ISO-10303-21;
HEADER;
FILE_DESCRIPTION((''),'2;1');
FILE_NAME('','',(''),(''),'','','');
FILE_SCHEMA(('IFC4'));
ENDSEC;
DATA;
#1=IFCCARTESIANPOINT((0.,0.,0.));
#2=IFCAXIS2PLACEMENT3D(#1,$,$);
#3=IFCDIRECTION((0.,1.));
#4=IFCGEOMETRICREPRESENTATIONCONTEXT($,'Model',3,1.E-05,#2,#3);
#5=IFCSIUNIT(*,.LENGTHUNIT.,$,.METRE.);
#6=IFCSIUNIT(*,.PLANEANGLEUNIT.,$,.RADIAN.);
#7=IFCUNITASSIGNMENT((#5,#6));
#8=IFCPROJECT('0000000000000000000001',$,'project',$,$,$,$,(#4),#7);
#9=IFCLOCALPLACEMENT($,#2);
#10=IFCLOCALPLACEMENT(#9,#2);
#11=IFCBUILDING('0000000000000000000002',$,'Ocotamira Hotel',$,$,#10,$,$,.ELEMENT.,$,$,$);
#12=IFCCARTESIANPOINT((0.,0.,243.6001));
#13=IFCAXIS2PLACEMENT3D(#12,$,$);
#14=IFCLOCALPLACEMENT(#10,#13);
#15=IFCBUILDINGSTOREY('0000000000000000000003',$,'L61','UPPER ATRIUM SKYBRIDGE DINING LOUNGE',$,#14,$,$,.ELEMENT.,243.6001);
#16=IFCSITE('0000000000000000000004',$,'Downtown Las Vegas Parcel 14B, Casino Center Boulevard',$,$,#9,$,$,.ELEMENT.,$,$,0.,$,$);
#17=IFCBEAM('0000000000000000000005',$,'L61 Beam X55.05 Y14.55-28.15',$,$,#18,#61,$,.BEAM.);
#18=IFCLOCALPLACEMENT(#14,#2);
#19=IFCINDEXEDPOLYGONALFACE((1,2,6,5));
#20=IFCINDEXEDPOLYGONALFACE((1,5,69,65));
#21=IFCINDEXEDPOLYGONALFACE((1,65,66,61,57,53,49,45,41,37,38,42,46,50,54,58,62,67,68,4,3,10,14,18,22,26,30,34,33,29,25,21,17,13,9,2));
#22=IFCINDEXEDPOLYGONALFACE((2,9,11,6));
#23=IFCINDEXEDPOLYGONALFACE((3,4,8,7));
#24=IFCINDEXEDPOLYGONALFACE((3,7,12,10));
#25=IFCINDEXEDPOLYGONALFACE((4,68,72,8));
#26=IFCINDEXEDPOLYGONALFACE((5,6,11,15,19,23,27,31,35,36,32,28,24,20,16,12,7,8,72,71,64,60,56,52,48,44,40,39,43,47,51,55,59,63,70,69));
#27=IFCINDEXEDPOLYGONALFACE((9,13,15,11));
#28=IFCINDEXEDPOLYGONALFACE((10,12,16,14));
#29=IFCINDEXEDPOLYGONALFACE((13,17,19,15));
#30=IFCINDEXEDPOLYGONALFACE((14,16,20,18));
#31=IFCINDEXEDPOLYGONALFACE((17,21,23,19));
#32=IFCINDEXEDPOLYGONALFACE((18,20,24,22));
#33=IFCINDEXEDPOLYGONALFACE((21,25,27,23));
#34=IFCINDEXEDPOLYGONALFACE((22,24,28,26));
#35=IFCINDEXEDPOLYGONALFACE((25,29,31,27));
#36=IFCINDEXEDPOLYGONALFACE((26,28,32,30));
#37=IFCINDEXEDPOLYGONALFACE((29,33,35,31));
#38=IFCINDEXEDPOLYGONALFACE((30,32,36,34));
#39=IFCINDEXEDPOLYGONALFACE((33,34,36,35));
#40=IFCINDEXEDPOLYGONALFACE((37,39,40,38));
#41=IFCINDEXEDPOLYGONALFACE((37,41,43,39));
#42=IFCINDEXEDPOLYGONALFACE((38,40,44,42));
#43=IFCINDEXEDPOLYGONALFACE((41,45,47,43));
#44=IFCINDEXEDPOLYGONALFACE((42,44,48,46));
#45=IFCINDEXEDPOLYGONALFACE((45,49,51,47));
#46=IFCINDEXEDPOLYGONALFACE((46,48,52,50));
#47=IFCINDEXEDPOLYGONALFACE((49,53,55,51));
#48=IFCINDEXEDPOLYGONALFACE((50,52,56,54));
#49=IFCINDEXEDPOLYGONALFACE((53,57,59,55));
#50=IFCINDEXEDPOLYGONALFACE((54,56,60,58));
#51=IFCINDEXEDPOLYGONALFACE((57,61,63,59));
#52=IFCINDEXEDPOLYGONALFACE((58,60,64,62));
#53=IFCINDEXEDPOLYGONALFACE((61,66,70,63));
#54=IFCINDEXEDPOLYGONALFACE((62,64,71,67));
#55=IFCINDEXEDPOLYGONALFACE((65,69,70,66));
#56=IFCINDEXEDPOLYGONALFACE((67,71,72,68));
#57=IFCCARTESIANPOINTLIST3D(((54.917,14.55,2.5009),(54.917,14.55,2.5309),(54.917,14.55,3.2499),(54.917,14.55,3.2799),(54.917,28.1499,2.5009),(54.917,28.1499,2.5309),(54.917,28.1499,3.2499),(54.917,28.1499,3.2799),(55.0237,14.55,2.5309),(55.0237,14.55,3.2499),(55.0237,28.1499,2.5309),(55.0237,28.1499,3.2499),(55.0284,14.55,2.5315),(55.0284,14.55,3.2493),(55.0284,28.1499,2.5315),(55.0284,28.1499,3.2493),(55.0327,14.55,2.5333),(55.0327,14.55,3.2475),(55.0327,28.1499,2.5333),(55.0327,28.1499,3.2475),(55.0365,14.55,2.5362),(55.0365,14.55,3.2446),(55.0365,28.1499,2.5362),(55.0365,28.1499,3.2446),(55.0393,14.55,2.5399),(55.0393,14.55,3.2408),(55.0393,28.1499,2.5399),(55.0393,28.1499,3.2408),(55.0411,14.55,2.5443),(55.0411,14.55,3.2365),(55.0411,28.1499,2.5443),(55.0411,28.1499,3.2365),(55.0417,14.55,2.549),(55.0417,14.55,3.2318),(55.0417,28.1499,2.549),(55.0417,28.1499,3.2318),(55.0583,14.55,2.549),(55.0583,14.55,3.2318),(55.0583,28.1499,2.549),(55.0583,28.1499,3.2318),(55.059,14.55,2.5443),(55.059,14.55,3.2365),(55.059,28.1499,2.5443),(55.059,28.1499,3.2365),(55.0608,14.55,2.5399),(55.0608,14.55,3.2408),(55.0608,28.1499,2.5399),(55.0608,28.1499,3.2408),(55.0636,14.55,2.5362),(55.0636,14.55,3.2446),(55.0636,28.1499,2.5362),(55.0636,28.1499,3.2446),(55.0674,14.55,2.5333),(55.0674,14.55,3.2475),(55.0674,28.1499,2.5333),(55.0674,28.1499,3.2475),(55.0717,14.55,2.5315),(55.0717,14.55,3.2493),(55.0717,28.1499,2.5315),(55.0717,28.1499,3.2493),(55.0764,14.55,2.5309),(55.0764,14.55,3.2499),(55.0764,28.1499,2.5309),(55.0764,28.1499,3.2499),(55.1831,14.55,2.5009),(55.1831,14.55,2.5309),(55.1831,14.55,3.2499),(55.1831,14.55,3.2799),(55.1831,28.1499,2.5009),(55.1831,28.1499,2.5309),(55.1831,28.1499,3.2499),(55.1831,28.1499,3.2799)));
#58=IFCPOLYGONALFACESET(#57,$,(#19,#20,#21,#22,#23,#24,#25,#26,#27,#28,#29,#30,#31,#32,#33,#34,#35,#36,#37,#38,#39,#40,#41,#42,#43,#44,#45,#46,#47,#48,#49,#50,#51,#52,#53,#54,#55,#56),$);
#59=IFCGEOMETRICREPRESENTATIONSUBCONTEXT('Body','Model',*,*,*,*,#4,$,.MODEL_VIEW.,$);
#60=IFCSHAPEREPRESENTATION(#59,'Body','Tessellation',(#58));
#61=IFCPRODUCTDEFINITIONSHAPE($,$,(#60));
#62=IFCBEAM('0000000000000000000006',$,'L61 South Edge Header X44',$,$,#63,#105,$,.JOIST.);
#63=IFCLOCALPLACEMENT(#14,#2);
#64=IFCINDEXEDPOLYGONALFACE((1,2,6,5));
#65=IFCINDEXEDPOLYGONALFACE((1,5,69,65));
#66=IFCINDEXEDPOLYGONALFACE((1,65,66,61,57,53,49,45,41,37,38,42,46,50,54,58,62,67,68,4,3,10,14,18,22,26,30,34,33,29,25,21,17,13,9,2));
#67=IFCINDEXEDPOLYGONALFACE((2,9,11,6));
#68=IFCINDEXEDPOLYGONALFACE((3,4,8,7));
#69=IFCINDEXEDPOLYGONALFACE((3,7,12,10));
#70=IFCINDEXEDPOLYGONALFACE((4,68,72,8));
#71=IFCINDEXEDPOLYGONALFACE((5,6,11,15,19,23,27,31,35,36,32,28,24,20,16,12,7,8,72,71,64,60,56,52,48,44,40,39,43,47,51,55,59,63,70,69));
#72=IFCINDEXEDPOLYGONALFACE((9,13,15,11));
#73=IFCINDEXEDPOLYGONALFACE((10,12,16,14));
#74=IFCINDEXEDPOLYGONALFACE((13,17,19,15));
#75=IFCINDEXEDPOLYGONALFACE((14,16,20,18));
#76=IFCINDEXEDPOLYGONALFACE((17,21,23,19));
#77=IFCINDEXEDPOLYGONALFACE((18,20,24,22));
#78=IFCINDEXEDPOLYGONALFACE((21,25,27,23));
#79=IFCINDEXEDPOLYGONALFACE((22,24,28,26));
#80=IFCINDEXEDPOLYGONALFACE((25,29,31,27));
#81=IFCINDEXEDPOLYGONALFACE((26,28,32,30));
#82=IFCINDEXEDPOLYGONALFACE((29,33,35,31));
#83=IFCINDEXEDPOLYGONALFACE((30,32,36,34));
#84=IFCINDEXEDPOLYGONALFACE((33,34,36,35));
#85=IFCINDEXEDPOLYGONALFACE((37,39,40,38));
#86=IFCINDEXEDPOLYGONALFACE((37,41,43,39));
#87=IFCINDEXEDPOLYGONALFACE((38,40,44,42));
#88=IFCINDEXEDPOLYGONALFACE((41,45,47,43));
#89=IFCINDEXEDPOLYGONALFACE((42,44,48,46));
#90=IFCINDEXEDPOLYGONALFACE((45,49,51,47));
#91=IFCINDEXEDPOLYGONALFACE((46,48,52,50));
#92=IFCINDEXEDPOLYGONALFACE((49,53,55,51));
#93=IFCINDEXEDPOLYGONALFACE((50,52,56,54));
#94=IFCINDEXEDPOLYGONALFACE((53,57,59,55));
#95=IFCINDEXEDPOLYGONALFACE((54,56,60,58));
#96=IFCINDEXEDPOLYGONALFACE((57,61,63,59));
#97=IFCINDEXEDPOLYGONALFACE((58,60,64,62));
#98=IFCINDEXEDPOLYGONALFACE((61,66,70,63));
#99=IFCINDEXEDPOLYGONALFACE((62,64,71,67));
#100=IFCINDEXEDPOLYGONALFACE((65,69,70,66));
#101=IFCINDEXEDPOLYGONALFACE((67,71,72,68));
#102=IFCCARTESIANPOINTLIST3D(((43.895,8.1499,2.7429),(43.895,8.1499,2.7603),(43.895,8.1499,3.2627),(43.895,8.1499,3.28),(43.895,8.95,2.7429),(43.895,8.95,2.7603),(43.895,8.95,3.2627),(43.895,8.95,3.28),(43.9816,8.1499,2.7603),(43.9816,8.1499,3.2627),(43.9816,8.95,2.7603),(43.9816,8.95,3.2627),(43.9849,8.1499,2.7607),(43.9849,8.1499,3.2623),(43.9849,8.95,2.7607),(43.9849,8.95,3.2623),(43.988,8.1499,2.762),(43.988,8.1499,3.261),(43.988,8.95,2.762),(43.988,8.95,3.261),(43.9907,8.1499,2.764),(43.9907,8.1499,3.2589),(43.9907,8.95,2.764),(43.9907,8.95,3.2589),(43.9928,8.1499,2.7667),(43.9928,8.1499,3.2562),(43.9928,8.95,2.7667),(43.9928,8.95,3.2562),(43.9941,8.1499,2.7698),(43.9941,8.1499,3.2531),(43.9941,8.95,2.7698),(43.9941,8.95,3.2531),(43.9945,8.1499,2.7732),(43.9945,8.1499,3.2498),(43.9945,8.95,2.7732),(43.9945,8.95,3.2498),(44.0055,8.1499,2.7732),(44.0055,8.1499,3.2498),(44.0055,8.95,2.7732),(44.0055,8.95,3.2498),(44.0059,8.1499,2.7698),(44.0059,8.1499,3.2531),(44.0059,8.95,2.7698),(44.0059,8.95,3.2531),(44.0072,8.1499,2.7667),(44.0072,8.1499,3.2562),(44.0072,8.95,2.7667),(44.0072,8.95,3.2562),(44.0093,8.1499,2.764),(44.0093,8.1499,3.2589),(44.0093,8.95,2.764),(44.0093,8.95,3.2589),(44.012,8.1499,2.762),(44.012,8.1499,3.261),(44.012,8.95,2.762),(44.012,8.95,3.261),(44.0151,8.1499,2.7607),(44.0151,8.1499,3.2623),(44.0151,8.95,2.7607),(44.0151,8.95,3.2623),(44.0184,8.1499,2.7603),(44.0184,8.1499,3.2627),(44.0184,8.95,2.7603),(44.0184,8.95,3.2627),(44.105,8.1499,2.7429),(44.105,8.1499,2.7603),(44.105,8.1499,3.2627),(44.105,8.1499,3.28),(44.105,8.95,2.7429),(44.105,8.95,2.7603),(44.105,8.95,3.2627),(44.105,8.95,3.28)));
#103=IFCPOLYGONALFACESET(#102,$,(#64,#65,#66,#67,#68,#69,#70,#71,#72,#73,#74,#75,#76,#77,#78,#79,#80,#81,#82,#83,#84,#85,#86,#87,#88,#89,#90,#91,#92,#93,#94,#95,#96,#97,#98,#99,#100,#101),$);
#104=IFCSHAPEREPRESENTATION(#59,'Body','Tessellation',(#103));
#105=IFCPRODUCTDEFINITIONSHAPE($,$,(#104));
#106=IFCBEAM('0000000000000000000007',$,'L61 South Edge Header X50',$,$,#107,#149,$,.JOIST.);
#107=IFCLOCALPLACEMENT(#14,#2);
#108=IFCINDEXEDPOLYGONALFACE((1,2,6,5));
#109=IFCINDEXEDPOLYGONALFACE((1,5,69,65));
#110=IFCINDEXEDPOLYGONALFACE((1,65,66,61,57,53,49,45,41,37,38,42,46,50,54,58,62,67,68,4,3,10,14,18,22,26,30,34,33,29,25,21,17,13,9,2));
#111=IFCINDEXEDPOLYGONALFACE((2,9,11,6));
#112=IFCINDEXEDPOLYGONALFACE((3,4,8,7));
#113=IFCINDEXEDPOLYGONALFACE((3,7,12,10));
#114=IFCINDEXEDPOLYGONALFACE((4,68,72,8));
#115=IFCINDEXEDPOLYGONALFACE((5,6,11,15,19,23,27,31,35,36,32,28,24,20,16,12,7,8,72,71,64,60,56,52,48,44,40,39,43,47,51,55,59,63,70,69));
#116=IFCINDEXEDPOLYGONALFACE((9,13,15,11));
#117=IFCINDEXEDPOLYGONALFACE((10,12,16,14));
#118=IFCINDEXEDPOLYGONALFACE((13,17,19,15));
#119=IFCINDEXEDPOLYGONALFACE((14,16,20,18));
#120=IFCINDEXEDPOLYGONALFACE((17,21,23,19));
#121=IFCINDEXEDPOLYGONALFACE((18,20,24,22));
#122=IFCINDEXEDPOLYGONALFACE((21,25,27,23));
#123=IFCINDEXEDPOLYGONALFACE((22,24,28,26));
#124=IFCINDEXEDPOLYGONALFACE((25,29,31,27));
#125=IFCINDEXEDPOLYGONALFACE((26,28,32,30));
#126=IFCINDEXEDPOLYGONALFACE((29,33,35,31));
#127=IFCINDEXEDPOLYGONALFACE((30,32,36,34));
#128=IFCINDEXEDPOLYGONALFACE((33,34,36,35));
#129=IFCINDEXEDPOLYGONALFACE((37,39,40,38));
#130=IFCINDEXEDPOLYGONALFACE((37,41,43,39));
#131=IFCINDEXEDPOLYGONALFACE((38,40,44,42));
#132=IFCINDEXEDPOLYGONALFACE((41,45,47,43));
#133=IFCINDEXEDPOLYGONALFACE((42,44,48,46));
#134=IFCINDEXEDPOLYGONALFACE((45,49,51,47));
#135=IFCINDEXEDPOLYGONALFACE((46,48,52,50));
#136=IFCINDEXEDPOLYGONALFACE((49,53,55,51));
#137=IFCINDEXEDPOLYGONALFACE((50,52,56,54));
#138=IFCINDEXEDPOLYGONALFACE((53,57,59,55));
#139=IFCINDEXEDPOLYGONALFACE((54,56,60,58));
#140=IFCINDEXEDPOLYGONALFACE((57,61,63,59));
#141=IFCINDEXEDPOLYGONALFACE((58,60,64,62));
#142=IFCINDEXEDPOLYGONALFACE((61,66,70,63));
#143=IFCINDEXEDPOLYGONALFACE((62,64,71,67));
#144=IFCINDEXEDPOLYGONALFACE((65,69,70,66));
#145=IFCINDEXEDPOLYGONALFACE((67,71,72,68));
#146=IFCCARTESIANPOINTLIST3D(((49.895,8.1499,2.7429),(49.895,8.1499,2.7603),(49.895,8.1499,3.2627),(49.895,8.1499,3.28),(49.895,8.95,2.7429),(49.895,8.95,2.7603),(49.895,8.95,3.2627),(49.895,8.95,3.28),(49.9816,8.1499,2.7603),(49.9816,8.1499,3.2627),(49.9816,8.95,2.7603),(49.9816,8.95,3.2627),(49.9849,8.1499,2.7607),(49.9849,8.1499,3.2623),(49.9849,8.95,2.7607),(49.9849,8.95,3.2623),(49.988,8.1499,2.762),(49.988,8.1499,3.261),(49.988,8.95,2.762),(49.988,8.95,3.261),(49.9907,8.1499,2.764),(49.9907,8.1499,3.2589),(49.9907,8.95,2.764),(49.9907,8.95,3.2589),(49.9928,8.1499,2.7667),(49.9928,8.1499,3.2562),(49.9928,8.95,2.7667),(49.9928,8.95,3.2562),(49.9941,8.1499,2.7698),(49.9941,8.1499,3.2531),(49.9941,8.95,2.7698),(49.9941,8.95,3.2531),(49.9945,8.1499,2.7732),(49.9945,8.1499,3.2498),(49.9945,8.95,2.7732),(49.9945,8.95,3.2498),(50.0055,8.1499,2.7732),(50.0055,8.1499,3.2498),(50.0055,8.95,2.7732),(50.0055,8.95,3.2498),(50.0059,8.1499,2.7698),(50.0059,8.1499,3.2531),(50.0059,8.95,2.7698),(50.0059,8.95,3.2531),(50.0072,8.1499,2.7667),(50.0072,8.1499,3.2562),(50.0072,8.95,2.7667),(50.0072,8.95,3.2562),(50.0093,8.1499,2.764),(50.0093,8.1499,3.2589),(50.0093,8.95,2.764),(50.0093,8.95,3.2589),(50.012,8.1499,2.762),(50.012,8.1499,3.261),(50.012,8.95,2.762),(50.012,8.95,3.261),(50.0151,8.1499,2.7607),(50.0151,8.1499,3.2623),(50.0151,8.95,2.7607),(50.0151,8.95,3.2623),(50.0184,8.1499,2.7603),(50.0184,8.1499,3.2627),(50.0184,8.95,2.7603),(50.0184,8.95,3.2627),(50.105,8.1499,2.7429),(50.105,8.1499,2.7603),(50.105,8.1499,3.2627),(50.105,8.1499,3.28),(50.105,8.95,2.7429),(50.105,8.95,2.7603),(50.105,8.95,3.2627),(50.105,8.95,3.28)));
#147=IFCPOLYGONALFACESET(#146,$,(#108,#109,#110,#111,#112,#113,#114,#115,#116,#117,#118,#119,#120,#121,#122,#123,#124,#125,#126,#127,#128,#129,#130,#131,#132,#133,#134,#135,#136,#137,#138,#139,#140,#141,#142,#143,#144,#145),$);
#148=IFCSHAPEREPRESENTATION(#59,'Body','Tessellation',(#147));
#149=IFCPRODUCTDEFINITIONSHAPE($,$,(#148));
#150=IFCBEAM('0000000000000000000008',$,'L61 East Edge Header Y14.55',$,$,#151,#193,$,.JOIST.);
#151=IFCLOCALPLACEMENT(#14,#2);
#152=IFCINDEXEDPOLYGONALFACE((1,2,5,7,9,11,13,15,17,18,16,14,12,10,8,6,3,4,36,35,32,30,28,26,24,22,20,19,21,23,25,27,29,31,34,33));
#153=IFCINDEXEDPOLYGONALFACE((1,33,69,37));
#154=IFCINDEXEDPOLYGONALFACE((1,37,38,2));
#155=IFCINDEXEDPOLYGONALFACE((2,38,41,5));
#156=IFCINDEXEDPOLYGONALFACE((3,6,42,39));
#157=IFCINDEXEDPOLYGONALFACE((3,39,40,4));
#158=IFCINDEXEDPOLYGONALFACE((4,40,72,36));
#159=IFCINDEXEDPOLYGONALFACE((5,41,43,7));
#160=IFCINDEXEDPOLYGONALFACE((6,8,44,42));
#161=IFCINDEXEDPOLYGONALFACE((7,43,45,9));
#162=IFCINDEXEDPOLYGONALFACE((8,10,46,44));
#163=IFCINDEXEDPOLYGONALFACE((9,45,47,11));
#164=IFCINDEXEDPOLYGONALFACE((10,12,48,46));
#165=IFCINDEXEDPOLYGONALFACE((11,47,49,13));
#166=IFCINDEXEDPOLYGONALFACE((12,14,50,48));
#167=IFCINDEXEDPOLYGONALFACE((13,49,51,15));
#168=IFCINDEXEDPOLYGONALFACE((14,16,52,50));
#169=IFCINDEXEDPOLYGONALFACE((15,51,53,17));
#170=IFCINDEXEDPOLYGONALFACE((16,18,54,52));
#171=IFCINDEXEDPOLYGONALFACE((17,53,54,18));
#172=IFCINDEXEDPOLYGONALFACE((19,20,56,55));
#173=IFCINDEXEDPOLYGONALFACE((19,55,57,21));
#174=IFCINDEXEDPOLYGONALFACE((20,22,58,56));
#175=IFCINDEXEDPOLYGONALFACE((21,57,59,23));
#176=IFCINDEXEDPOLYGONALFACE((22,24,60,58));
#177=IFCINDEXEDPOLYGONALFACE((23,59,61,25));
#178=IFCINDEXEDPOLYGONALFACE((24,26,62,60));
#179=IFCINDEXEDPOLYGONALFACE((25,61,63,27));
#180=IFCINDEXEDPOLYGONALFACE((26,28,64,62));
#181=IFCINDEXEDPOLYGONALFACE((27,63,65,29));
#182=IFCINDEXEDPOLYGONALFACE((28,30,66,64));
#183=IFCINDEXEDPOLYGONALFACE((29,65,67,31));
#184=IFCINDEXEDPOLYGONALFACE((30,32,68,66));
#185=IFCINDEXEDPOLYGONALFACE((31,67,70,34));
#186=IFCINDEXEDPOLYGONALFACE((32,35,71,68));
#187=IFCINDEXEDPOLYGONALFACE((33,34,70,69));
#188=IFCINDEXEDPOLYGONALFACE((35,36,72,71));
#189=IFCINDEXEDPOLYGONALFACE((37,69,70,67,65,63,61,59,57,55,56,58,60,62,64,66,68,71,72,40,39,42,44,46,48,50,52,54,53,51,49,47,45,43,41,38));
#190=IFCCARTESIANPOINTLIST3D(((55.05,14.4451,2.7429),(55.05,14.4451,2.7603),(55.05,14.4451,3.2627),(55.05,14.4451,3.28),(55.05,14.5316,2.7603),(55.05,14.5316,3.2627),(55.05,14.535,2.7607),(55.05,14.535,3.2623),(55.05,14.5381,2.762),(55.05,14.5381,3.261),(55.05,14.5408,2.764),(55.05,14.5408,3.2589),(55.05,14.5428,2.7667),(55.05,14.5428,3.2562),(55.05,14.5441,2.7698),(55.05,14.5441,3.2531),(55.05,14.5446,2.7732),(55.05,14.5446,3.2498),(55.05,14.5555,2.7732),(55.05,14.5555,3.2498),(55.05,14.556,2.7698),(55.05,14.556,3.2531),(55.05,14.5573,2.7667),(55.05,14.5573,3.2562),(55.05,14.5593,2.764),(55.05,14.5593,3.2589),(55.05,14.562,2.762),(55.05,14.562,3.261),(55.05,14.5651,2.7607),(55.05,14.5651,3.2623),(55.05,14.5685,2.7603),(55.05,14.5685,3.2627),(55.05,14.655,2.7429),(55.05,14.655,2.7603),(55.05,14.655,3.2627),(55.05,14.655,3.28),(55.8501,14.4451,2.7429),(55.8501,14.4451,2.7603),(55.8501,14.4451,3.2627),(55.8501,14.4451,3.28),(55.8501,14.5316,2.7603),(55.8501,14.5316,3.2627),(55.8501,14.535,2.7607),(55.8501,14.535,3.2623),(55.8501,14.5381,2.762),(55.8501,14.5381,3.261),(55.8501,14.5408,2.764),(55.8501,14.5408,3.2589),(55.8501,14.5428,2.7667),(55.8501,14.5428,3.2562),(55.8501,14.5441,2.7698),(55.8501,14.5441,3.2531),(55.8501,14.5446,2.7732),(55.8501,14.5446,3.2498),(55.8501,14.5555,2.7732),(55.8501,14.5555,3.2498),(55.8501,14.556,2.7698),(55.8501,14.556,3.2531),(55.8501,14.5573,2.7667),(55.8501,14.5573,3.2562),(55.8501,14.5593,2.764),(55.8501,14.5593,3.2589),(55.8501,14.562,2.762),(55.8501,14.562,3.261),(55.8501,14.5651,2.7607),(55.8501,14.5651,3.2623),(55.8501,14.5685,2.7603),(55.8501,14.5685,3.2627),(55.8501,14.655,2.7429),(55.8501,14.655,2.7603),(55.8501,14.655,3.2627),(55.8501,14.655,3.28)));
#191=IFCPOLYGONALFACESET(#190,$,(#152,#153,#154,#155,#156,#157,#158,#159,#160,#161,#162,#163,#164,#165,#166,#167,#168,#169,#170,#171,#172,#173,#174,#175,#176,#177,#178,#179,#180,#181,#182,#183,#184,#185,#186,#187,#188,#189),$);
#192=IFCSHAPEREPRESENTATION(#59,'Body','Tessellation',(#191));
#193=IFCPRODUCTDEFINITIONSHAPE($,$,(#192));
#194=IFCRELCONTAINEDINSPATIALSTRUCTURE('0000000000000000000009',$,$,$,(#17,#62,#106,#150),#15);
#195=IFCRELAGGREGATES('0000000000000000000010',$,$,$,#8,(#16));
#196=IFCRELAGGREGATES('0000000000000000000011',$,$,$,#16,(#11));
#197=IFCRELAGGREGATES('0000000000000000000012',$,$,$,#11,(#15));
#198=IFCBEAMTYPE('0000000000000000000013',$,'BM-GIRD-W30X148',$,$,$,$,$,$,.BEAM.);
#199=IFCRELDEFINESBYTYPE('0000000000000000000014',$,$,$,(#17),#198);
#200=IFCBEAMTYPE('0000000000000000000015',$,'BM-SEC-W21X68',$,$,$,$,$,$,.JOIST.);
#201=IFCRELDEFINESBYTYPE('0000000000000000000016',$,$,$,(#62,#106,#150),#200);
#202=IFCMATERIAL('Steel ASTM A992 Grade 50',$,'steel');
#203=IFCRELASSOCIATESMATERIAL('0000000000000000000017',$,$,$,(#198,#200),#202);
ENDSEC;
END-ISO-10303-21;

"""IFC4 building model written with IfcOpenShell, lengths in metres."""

from ifc_helpers import new_model, si_unit, direction, frame, origin, origin_2d, place, context, subcontext, project, spatial, i_section, extrude, source, transform, mapped, material, material_profile, profile_set, type_object, element, save


model = new_model("IFC4")

# Units and contexts
model_context = context("Model", 3, precision=1e-05, world=origin(), true_north=direction((0.0, 1.0)))
body_context = subcontext(model_context, "Body", "Model", "MODEL_VIEW")
ifc_project = project(units=[si_unit("LENGTHUNIT", "METRE"), si_unit("PLANEANGLEUNIT", "RADIAN")], contexts=[model_context])

# Site, building, storey
site_placement = place(None, origin())
site = spatial("IfcSite", under=ifc_project, at=site_placement, Name="Downtown Las Vegas Parcel 14B, Casino Center Boulevard", CompositionType="ELEMENT", RefElevation=0.0)
building_placement = place(site_placement, origin())
building = spatial("IfcBuilding", under=site, at=building_placement, Name="Ocotamira Hotel", CompositionType="ELEMENT")
storey_placement = place(building_placement, frame((0.0, 0.0, 243.6001)))
storey = spatial("IfcBuildingStorey", under=building, at=storey_placement, Name="L61", Description="UPPER ATRIUM SKYBRIDGE DINING LOUNGE", CompositionType="ELEMENT", Elevation=243.6001)

# Shared definitions
ifc_material_1 = material(Name="Steel ASTM A992 Grade 50", Category="steel")

# Beams
ifc_material_profile_1 = material_profile(ifc_material_1, i_section(OverallWidth=0.2661, OverallDepth=0.7791, WebThickness=0.0166, FlangeThickness=0.03, FilletRadius=0.0181, at=origin_2d()), Name="W30X148")
ifc_profile_set_1 = profile_set([ifc_material_profile_1], Name="Steel ASTM A992 Grade 50")
beam_type_1 = type_object("IfcBeamType", Name="BM-GIRD-W30X148", PredefinedType="BEAM", material=ifc_profile_set_1)
shared_shape_1 = source(origin(), body_context, "Body", "SweptSolid", [
    extrude(i_section(OverallWidth=0.2661, OverallDepth=0.7791, WebThickness=0.0166, FlangeThickness=0.03, FilletRadius=0.0181, at=origin_2d()), origin(), (0.0, 0.0, 1.0), 13.5999),
])
beam_1_placement = place(storey_placement, frame((55.05, 14.55, 2.8904), z_axis=(0.0, 1.0, 0.0), x_axis=(-1.0, 0.0, 0.0)))
element("IfcBeam", 1, at=beam_1_placement, inside=storey, type_object=beam_type_1, Name="L61 Beam X55.05 Y14.55-28.15", PredefinedType="BEAM", context=body_context, shape_type="MappedRepresentation", body=[
    mapped(shared_shape_1, transform((0.0, 0.0, 0.0), scale=1.0)),
])
ifc_material_profile_2 = material_profile(ifc_material_1, i_section(OverallWidth=0.21, OverallDepth=0.5371, WebThickness=0.011, FlangeThickness=0.0173, FilletRadius=0.0129, at=origin_2d()), Name="W21X68")
ifc_profile_set_2 = profile_set([ifc_material_profile_2], Name="Steel ASTM A992 Grade 50")
beam_type_2 = type_object("IfcBeamType", Name="BM-SEC-W21X68", PredefinedType="JOIST", material=ifc_profile_set_2)
shared_shape_2 = source(origin(), body_context, "Body", "SweptSolid", [
    extrude(i_section(OverallWidth=0.21, OverallDepth=0.5371, WebThickness=0.011, FlangeThickness=0.0173, FilletRadius=0.0129, at=origin_2d()), origin(), (0.0, 0.0, 1.0), 0.8),
])
for number, where, z_axis, x_axis, name in (
    (2, (44.0, 8.95, 3.0115), (0.0, -1.0, 0.0), (1.0, 0.0, 0.0), "L61 South Edge Header X44"),
    (3, (50.0, 8.95, 3.0115), (0.0, -1.0, 0.0), (1.0, 0.0, 0.0), "L61 South Edge Header X50"),
    (4, (55.05, 14.55, 3.0115), (1.0, 0.0, 0.0), (0.0, 1.0, 0.0), "L61 East Edge Header Y14.55"),
):
    element("IfcBeam", number, at=place(storey_placement, frame(where, z_axis=z_axis, x_axis=x_axis)), inside=storey, type_object=beam_type_2, Name=name, PredefinedType="JOIST", context=body_context, shape_type="MappedRepresentation", body=[
        mapped(shared_shape_2, transform((0.0, 0.0, 0.0), scale=1.0)),
    ])

save(model, "model.ifc")
